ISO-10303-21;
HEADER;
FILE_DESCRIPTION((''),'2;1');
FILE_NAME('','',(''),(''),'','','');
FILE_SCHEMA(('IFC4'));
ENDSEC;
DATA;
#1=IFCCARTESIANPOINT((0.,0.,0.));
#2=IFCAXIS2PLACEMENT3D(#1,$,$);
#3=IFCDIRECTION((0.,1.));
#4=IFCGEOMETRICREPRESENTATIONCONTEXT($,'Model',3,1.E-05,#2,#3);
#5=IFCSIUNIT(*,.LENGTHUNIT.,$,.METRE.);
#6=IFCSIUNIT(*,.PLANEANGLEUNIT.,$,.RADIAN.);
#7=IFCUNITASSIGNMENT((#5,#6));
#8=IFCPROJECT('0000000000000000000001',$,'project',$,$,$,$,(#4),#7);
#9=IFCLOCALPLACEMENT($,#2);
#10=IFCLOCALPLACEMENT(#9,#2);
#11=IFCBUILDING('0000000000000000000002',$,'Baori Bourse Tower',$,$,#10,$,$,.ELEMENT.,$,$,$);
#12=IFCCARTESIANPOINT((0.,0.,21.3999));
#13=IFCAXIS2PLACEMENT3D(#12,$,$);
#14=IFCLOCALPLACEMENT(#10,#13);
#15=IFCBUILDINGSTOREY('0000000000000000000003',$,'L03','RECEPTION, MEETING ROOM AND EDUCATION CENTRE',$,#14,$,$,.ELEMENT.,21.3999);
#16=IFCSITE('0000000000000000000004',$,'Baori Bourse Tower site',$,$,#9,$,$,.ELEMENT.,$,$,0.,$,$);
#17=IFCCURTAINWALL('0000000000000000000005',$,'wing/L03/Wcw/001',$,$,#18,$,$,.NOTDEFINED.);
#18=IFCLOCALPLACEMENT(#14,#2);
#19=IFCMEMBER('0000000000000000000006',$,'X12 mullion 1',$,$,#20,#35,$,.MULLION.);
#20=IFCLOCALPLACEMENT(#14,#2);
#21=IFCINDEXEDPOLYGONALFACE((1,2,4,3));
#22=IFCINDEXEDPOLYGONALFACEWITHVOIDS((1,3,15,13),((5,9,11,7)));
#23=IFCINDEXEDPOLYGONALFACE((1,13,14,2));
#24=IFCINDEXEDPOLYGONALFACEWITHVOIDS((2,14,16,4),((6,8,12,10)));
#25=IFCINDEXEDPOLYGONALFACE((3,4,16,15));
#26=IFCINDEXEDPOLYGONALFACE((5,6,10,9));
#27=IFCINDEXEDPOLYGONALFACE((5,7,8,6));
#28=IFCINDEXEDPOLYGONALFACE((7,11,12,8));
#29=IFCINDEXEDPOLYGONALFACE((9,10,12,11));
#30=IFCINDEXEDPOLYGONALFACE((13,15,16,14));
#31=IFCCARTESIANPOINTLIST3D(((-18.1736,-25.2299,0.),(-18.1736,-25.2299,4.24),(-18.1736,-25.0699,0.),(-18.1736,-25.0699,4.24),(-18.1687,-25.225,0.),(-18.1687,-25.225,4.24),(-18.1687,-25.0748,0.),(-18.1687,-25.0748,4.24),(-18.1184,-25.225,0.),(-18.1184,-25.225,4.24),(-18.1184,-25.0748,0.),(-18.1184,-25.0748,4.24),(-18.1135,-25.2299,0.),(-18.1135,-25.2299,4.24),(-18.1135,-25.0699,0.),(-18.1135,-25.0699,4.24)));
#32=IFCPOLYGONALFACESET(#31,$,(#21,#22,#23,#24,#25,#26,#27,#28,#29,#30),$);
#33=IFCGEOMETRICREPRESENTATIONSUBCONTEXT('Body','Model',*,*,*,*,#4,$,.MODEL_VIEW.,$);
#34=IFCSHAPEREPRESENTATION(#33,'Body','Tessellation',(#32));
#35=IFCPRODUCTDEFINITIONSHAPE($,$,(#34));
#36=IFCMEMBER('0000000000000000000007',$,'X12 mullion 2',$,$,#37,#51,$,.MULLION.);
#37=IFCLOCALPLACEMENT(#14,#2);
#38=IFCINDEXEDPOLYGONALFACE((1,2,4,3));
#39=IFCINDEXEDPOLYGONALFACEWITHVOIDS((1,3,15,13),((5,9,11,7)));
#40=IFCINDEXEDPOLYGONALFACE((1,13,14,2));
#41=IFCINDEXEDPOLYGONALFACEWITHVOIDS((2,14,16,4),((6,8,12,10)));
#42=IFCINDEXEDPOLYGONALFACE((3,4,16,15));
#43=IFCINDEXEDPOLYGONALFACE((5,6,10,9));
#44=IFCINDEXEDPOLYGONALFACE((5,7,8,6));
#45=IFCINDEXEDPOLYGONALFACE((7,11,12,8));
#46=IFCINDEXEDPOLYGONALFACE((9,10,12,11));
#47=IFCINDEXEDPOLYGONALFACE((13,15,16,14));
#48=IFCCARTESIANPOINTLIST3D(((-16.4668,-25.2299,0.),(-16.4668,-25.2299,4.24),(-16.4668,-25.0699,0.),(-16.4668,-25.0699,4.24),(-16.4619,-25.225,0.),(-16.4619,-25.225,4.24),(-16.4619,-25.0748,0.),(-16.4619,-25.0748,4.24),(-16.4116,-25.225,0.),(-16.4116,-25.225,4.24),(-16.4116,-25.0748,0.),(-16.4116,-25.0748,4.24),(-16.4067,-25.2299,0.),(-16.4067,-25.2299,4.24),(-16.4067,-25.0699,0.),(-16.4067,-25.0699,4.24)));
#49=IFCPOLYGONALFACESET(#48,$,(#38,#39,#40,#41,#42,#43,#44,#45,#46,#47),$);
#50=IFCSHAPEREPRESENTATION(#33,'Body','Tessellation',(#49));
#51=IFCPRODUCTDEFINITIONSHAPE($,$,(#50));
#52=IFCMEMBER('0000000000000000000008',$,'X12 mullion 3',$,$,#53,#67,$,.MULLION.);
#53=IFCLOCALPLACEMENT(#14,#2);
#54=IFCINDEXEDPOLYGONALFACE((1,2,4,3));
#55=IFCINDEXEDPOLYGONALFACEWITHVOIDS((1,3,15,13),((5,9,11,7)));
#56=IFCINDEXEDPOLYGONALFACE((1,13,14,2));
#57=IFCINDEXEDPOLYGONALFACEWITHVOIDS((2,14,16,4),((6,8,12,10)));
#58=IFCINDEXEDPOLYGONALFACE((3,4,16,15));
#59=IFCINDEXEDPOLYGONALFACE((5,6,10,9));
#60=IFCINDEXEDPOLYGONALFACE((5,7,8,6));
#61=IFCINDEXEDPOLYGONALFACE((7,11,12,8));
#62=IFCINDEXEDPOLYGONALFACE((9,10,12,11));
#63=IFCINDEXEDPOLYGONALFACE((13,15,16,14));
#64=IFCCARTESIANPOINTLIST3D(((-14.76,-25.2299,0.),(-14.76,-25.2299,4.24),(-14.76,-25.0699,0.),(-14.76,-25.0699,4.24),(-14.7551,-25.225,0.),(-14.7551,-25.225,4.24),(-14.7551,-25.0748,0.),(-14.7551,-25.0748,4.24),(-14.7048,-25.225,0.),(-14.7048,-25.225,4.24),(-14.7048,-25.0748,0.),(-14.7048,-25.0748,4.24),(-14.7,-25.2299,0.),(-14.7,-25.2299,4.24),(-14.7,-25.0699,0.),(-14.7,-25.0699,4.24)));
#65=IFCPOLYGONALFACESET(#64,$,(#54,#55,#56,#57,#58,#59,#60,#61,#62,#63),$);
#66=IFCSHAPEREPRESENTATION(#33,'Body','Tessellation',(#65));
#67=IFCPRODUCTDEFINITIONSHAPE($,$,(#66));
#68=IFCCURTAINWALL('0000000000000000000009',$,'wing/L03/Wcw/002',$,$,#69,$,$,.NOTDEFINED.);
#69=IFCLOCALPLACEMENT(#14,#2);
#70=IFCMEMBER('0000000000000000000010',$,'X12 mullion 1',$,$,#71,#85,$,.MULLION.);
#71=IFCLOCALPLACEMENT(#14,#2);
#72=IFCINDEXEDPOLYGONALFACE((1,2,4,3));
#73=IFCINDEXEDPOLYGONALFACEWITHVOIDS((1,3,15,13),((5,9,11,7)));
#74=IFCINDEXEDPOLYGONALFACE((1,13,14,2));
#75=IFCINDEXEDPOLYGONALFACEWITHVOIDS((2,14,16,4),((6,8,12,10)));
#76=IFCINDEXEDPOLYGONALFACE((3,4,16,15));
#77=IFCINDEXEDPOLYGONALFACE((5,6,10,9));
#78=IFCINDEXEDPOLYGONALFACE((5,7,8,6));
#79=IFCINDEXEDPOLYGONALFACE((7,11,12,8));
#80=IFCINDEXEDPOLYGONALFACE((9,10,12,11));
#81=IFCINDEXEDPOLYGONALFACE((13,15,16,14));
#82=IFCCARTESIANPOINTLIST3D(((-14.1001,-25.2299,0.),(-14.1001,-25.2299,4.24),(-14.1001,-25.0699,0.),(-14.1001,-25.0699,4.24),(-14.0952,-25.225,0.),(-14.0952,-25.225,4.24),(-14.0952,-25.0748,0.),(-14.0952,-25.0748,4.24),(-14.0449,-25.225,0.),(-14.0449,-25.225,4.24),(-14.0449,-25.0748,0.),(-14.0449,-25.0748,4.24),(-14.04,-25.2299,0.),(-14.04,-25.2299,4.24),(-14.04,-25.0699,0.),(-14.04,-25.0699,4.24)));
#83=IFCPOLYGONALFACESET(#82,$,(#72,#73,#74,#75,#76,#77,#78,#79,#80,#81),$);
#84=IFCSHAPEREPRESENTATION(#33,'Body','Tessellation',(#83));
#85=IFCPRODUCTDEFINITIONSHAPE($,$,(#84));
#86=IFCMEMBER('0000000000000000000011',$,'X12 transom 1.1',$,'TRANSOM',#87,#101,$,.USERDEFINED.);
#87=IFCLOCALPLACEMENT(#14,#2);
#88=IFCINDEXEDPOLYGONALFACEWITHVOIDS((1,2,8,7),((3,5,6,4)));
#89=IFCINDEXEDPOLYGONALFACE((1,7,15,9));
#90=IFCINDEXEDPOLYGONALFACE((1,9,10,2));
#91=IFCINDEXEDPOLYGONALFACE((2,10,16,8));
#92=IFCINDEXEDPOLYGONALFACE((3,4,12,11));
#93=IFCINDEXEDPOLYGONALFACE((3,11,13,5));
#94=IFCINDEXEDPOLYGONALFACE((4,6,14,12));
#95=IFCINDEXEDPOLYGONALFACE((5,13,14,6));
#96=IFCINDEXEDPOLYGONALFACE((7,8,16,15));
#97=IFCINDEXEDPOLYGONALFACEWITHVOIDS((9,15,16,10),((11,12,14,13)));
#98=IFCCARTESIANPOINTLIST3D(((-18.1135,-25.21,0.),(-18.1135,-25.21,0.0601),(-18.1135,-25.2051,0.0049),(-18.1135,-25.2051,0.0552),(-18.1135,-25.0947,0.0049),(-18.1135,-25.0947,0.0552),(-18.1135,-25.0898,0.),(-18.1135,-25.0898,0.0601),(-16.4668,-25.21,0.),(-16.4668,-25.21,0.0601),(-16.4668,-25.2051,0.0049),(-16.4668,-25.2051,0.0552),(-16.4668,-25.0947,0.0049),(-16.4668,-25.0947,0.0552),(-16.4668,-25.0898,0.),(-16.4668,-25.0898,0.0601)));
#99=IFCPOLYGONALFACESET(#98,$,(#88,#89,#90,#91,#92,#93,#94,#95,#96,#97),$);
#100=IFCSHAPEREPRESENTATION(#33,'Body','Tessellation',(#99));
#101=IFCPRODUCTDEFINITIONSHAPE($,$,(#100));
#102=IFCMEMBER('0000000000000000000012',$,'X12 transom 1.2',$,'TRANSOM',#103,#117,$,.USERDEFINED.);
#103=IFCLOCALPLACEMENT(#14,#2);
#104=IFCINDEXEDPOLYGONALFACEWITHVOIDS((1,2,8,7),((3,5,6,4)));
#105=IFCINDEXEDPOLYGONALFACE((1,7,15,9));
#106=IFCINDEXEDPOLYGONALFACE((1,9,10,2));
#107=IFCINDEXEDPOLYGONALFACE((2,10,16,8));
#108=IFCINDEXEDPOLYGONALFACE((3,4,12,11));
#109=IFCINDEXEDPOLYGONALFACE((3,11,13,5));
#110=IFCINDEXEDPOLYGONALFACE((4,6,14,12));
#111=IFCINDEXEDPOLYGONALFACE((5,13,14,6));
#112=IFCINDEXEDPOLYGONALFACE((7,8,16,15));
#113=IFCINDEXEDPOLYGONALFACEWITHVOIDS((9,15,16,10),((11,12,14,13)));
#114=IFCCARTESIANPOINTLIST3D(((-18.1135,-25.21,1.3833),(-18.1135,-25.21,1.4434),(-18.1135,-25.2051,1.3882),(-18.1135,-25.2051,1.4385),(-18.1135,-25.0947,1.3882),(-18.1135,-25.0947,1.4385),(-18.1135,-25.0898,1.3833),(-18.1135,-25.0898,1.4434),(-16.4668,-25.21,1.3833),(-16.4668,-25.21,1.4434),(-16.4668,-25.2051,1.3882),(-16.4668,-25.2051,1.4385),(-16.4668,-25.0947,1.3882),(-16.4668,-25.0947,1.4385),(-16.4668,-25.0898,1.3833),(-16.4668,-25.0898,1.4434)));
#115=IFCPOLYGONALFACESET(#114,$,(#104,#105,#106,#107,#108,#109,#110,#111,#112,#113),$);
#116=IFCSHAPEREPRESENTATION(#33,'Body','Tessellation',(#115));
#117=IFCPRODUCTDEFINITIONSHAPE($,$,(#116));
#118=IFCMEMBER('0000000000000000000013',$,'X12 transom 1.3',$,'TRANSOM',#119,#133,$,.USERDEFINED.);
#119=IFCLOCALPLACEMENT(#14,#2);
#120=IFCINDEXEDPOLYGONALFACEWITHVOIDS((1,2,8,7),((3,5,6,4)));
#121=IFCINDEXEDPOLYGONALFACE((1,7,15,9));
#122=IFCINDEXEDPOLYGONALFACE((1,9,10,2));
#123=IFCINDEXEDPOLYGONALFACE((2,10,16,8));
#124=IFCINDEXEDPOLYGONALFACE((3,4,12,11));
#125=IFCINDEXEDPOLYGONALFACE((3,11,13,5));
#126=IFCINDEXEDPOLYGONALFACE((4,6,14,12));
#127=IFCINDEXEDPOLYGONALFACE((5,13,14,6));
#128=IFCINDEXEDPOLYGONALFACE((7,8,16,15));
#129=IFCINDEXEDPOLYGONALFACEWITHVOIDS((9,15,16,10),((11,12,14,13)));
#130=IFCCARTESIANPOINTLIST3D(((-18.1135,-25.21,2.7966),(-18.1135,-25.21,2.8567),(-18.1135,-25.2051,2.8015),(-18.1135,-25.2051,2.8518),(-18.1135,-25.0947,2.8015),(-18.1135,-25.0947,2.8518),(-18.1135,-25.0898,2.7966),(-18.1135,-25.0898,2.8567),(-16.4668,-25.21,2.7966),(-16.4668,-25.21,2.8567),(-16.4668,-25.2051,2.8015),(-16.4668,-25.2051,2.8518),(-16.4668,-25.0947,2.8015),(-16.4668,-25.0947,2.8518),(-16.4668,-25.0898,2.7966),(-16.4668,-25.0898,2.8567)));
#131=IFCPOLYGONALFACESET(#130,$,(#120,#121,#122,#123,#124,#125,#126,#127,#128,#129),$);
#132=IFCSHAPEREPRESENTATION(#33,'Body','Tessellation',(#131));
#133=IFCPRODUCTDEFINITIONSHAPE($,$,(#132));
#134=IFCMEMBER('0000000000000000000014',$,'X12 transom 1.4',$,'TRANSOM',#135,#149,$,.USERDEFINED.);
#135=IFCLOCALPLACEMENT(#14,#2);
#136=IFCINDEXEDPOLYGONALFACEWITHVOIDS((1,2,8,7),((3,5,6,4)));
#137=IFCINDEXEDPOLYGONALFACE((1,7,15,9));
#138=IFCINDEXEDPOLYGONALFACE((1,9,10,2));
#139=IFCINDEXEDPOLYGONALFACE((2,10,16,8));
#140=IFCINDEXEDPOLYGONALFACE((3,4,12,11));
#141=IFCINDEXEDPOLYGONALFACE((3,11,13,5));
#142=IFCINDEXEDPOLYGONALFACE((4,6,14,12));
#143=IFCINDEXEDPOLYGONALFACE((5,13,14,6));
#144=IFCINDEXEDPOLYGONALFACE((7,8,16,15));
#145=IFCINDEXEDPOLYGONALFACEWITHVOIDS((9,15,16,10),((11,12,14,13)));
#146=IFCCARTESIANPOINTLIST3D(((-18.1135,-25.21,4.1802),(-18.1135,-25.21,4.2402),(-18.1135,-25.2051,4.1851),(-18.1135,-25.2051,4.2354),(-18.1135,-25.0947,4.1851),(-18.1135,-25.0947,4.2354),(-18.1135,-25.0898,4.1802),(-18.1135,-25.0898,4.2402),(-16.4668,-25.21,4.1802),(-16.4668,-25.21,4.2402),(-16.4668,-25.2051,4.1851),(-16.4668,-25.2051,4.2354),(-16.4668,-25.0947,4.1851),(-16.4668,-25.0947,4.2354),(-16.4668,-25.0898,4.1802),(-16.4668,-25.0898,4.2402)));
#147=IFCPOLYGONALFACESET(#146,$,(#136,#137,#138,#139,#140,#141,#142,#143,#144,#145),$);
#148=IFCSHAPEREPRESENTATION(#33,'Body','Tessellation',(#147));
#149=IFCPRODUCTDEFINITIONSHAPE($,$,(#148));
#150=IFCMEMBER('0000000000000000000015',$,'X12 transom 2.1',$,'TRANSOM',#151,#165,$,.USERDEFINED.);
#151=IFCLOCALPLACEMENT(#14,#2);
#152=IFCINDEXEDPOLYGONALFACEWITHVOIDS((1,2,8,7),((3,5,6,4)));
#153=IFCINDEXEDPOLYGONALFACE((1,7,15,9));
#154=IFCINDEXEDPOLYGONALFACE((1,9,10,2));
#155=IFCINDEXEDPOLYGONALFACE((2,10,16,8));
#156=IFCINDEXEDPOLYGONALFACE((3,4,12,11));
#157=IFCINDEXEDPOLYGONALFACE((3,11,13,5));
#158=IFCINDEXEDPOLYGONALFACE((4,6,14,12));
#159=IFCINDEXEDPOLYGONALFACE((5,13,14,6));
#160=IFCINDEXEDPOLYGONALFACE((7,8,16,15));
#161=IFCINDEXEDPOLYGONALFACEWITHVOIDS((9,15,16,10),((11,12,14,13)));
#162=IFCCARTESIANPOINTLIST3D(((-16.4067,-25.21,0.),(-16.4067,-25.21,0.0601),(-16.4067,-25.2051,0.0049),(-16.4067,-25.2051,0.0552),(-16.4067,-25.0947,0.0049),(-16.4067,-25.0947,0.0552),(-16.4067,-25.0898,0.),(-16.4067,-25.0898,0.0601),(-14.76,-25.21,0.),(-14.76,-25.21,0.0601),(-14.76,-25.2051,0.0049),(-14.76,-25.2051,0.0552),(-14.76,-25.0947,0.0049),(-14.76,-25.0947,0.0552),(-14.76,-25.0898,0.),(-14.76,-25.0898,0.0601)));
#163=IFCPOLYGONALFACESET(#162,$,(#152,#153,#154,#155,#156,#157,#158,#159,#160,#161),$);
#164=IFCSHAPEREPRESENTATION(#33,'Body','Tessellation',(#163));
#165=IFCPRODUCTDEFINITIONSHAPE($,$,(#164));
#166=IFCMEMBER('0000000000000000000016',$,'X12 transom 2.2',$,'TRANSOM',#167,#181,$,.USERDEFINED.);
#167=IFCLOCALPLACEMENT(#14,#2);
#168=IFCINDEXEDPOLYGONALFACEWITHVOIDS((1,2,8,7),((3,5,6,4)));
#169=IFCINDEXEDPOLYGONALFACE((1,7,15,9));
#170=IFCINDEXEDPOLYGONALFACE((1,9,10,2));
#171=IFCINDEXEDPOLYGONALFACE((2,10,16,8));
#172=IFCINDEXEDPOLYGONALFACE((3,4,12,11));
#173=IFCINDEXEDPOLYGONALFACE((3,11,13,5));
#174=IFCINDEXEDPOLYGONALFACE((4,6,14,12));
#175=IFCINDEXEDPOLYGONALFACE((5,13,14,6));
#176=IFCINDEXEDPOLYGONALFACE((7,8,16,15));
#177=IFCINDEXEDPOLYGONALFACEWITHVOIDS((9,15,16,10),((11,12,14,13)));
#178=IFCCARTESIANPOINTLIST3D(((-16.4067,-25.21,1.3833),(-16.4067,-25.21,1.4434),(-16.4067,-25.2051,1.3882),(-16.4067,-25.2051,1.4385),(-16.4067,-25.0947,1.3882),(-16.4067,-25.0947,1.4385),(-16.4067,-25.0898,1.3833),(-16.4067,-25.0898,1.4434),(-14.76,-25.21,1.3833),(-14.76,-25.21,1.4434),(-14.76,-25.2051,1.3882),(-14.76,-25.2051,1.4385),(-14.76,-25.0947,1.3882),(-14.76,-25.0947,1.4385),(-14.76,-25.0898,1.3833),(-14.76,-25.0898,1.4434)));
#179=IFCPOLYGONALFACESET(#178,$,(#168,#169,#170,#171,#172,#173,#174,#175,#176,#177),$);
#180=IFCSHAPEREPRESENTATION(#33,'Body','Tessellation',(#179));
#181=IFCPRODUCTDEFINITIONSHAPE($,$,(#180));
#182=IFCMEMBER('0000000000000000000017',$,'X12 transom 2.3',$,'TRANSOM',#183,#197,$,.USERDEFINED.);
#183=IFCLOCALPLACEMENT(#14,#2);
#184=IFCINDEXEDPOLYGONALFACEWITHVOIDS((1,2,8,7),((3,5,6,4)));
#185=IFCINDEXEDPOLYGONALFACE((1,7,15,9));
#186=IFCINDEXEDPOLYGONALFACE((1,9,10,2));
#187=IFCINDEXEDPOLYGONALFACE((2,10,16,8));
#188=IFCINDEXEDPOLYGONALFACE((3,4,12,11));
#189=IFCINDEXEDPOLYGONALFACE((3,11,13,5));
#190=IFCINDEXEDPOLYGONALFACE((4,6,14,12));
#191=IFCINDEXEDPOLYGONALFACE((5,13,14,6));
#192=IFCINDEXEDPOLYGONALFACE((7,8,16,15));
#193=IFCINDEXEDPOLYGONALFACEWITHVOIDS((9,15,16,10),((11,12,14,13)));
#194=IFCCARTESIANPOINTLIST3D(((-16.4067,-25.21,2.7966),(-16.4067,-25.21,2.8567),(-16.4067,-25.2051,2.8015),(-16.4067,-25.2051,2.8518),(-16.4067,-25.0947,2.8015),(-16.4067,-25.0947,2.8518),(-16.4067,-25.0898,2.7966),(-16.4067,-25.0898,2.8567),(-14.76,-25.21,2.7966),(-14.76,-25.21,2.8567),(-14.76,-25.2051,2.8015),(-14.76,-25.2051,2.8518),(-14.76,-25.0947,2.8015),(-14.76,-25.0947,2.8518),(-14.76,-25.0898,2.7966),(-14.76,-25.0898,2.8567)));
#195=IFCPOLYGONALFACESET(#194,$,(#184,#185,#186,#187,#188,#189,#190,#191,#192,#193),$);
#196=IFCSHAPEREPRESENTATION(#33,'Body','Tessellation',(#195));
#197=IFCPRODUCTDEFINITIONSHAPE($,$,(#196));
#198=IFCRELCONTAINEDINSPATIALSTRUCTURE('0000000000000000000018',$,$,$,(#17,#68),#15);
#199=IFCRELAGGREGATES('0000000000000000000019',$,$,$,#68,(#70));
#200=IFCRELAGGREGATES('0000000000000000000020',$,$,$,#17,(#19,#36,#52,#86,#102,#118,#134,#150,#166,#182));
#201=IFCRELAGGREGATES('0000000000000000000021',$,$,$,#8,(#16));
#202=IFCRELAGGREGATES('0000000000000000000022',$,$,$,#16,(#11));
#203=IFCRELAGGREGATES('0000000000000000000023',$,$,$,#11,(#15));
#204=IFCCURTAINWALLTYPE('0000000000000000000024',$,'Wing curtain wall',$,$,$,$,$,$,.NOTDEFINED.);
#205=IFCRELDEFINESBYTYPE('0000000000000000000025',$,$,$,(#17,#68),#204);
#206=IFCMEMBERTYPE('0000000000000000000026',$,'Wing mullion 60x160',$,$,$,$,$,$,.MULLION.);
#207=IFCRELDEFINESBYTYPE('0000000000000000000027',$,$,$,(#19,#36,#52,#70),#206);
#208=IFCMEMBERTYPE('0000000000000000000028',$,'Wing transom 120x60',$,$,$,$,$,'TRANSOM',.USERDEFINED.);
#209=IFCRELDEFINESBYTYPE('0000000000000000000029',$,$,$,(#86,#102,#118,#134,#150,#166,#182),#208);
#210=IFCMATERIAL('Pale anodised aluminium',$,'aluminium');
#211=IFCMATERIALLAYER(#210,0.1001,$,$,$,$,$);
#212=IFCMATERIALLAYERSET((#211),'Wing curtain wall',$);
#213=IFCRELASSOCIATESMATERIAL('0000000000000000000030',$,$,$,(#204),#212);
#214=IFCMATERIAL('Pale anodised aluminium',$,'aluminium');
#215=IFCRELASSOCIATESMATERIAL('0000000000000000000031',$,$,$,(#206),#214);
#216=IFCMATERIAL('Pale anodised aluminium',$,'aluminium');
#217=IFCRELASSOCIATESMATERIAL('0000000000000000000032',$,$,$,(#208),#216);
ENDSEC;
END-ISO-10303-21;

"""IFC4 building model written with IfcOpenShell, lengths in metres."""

from ifc_helpers import new_model, si_unit, direction, frame, origin, origin_2d, place, context, subcontext, project, spatial, hollow_rectangle, extrude, material, layer, layer_set, material_profile, profile_set, type_object, element, aggregate, save


model = new_model("IFC4")

# Units and contexts
model_context = context("Model", 3, precision=1e-05, world=origin(), true_north=direction((0.0, 1.0)))
body_context = subcontext(model_context, "Body", "Model", "MODEL_VIEW")
ifc_project = project(units=[si_unit("LENGTHUNIT", "METRE"), si_unit("PLANEANGLEUNIT", "RADIAN")], contexts=[model_context])

# Site, building, storey
site_placement = place(None, origin())
site = spatial("IfcSite", under=ifc_project, at=site_placement, Name="Baori Bourse Tower site", CompositionType="ELEMENT", RefElevation=0.0)
building_placement = place(site_placement, origin())
building = spatial("IfcBuilding", under=site, at=building_placement, Name="Baori Bourse Tower", CompositionType="ELEMENT")
storey_placement = place(building_placement, frame((0.0, 0.0, 21.3999)))
storey = spatial("IfcBuildingStorey", under=building, at=storey_placement, Name="L03", Description="RECEPTION, MEETING ROOM AND EDUCATION CENTRE", CompositionType="ELEMENT", Elevation=21.3999)

# Curtain wall, members
ifc_material_1 = material(Name="Pale anodised aluminium", Category="aluminium")
ifc_layer_1 = layer(ifc_material_1, 0.1001)
ifc_layer_set_1 = layer_set([ifc_layer_1], Name="Wing curtain wall")
curtain_wall_type = type_object("IfcCurtainWallType", Name="Wing curtain wall", PredefinedType="NOTDEFINED", material=ifc_layer_set_1)
curtain_wall_1_placement = place(storey_placement, origin())
curtain_wall_1 = element("IfcCurtainWall", 1, at=curtain_wall_1_placement, inside=storey, type_object=curtain_wall_type, Name="wing/L03/Wcw/001", PredefinedType="NOTDEFINED")
ifc_material_2 = material(Name="Pale anodised aluminium", Category="aluminium")
ifc_material_profile_1 = material_profile(ifc_material_2, hollow_rectangle(XDim=0.1599, YDim=0.0601, WallThickness=0.0049, at=origin_2d()), Name="Mullion 160x60x5")
ifc_profile_set_1 = profile_set([ifc_material_profile_1], Name="Pale anodised aluminium")
member_type_1 = type_object("IfcMemberType", Name="Wing mullion 60x160", PredefinedType="MULLION", material=ifc_profile_set_1)
member_1_placement = place(storey_placement, frame((-18.1436, -25.1499, 0.0), z_axis=(0.0, 0.0, 1.0), x_axis=(0.0, 1.0, 0.0)))
member_1 = element("IfcMember", 2, at=member_1_placement, type_object=member_type_1, Name="X12 mullion 1", PredefinedType="MULLION", context=body_context, shape_type="SweptSolid", body=[
    extrude(hollow_rectangle(XDim=0.1599, YDim=0.0601, WallThickness=0.0049, at=origin_2d()), origin(), (0.0, 0.0, 1.0), 4.24),
])
member_2_placement = place(storey_placement, frame((-16.4368, -25.1499, 0.0), z_axis=(0.0, 0.0, 1.0), x_axis=(0.0, 1.0, 0.0)))
member_2 = element("IfcMember", 3, at=member_2_placement, type_object=member_type_1, Name="X12 mullion 2", PredefinedType="MULLION", context=body_context, shape_type="SweptSolid", body=[
    extrude(hollow_rectangle(XDim=0.1599, YDim=0.0601, WallThickness=0.0049, at=origin_2d()), origin(), (0.0, 0.0, 1.0), 4.24),
])
member_3_placement = place(storey_placement, frame((-14.73, -25.1499, 0.0), z_axis=(0.0, 0.0, 1.0), x_axis=(0.0, 1.0, 0.0)))
member_3 = element("IfcMember", 4, at=member_3_placement, type_object=member_type_1, Name="X12 mullion 3", PredefinedType="MULLION", context=body_context, shape_type="SweptSolid", body=[
    extrude(hollow_rectangle(XDim=0.1599, YDim=0.0601, WallThickness=0.0049, at=origin_2d()), origin(), (0.0, 0.0, 1.0), 4.24),
])

# Curtain wall, member
curtain_wall_2_placement = place(storey_placement, origin())
curtain_wall_2 = element("IfcCurtainWall", 5, at=curtain_wall_2_placement, inside=storey, type_object=curtain_wall_type, Name="wing/L03/Wcw/002", PredefinedType="NOTDEFINED")
member_4_placement = place(storey_placement, frame((-14.0701, -25.1499, 0.0), z_axis=(0.0, 0.0, 1.0), x_axis=(0.0, 1.0, 0.0)))
member_4 = element("IfcMember", 6, at=member_4_placement, type_object=member_type_1, Name="X12 mullion 1", PredefinedType="MULLION", context=body_context, shape_type="SweptSolid", body=[
    extrude(hollow_rectangle(XDim=0.1599, YDim=0.0601, WallThickness=0.0049, at=origin_2d()), origin(), (0.0, 0.0, 1.0), 4.24),
])

# Members
ifc_material_3 = material(Name="Pale anodised aluminium", Category="aluminium")
ifc_material_profile_2 = material_profile(ifc_material_3, hollow_rectangle(XDim=0.1201, YDim=0.0601, WallThickness=0.0049, at=origin_2d()), Name="Transom 120x60x5")
ifc_profile_set_2 = profile_set([ifc_material_profile_2], Name="Pale anodised aluminium")
member_type_2 = type_object("IfcMemberType", Name="Wing transom 120x60", ElementType="TRANSOM", PredefinedType="USERDEFINED", material=ifc_profile_set_2)
member_5_placement = place(storey_placement, frame((-18.1135, -25.1499, 0.03), z_axis=(1.0, 0.0, 0.0), x_axis=(0.0, 1.0, 0.0)))
member_5 = element("IfcMember", 7, at=member_5_placement, type_object=member_type_2, Name="X12 transom 1.1", ObjectType="TRANSOM", PredefinedType="USERDEFINED", context=body_context, shape_type="SweptSolid", body=[
    extrude(hollow_rectangle(XDim=0.1201, YDim=0.0601, WallThickness=0.0049, at=origin_2d()), origin(), (0.0, 0.0, 1.0), 1.6467),
])
member_6_placement = place(storey_placement, frame((-18.1135, -25.1499, 1.4133), z_axis=(1.0, 0.0, 0.0), x_axis=(0.0, 1.0, 0.0)))
member_6 = element("IfcMember", 8, at=member_6_placement, type_object=member_type_2, Name="X12 transom 1.2", ObjectType="TRANSOM", PredefinedType="USERDEFINED", context=body_context, shape_type="SweptSolid", body=[
    extrude(hollow_rectangle(XDim=0.1201, YDim=0.0601, WallThickness=0.0049, at=origin_2d()), origin(), (0.0, 0.0, 1.0), 1.6467),
])
member_7_placement = place(storey_placement, frame((-18.1135, -25.1499, 2.8267), z_axis=(1.0, 0.0, 0.0), x_axis=(0.0, 1.0, 0.0)))
member_7 = element("IfcMember", 9, at=member_7_placement, type_object=member_type_2, Name="X12 transom 1.3", ObjectType="TRANSOM", PredefinedType="USERDEFINED", context=body_context, shape_type="SweptSolid", body=[
    extrude(hollow_rectangle(XDim=0.1201, YDim=0.0601, WallThickness=0.0049, at=origin_2d()), origin(), (0.0, 0.0, 1.0), 1.6467),
])
member_8_placement = place(storey_placement, frame((-18.1135, -25.1499, 4.2102), z_axis=(1.0, 0.0, 0.0), x_axis=(0.0, 1.0, 0.0)))
member_8 = element("IfcMember", 10, at=member_8_placement, type_object=member_type_2, Name="X12 transom 1.4", ObjectType="TRANSOM", PredefinedType="USERDEFINED", context=body_context, shape_type="SweptSolid", body=[
    extrude(hollow_rectangle(XDim=0.1201, YDim=0.0601, WallThickness=0.0049, at=origin_2d()), origin(), (0.0, 0.0, 1.0), 1.6467),
])
member_9_placement = place(storey_placement, frame((-16.4067, -25.1499, 0.03), z_axis=(1.0, 0.0, 0.0), x_axis=(0.0, 1.0, 0.0)))
member_9 = element("IfcMember", 11, at=member_9_placement, type_object=member_type_2, Name="X12 transom 2.1", ObjectType="TRANSOM", PredefinedType="USERDEFINED", context=body_context, shape_type="SweptSolid", body=[
    extrude(hollow_rectangle(XDim=0.1201, YDim=0.0601, WallThickness=0.0049, at=origin_2d()), origin(), (0.0, 0.0, 1.0), 1.6467),
])
member_10_placement = place(storey_placement, frame((-16.4067, -25.1499, 1.4133), z_axis=(1.0, 0.0, 0.0), x_axis=(0.0, 1.0, 0.0)))
member_10 = element("IfcMember", 12, at=member_10_placement, type_object=member_type_2, Name="X12 transom 2.2", ObjectType="TRANSOM", PredefinedType="USERDEFINED", context=body_context, shape_type="SweptSolid", body=[
    extrude(hollow_rectangle(XDim=0.1201, YDim=0.0601, WallThickness=0.0049, at=origin_2d()), origin(), (0.0, 0.0, 1.0), 1.6467),
])
member_11_placement = place(storey_placement, frame((-16.4067, -25.1499, 2.8267), z_axis=(1.0, 0.0, 0.0), x_axis=(0.0, 1.0, 0.0)))
member_11 = element("IfcMember", 13, at=member_11_placement, type_object=member_type_2, Name="X12 transom 2.3", ObjectType="TRANSOM", PredefinedType="USERDEFINED", context=body_context, shape_type="SweptSolid", body=[
    extrude(hollow_rectangle(XDim=0.1201, YDim=0.0601, WallThickness=0.0049, at=origin_2d()), origin(), (0.0, 0.0, 1.0), 1.6467),
])
aggregate(curtain_wall_2, [member_4])

aggregate(curtain_wall_1, [member_1, member_2, member_3, member_5, member_6, member_7, member_8, member_9, member_10, member_11])

save(model, "model.ifc")
